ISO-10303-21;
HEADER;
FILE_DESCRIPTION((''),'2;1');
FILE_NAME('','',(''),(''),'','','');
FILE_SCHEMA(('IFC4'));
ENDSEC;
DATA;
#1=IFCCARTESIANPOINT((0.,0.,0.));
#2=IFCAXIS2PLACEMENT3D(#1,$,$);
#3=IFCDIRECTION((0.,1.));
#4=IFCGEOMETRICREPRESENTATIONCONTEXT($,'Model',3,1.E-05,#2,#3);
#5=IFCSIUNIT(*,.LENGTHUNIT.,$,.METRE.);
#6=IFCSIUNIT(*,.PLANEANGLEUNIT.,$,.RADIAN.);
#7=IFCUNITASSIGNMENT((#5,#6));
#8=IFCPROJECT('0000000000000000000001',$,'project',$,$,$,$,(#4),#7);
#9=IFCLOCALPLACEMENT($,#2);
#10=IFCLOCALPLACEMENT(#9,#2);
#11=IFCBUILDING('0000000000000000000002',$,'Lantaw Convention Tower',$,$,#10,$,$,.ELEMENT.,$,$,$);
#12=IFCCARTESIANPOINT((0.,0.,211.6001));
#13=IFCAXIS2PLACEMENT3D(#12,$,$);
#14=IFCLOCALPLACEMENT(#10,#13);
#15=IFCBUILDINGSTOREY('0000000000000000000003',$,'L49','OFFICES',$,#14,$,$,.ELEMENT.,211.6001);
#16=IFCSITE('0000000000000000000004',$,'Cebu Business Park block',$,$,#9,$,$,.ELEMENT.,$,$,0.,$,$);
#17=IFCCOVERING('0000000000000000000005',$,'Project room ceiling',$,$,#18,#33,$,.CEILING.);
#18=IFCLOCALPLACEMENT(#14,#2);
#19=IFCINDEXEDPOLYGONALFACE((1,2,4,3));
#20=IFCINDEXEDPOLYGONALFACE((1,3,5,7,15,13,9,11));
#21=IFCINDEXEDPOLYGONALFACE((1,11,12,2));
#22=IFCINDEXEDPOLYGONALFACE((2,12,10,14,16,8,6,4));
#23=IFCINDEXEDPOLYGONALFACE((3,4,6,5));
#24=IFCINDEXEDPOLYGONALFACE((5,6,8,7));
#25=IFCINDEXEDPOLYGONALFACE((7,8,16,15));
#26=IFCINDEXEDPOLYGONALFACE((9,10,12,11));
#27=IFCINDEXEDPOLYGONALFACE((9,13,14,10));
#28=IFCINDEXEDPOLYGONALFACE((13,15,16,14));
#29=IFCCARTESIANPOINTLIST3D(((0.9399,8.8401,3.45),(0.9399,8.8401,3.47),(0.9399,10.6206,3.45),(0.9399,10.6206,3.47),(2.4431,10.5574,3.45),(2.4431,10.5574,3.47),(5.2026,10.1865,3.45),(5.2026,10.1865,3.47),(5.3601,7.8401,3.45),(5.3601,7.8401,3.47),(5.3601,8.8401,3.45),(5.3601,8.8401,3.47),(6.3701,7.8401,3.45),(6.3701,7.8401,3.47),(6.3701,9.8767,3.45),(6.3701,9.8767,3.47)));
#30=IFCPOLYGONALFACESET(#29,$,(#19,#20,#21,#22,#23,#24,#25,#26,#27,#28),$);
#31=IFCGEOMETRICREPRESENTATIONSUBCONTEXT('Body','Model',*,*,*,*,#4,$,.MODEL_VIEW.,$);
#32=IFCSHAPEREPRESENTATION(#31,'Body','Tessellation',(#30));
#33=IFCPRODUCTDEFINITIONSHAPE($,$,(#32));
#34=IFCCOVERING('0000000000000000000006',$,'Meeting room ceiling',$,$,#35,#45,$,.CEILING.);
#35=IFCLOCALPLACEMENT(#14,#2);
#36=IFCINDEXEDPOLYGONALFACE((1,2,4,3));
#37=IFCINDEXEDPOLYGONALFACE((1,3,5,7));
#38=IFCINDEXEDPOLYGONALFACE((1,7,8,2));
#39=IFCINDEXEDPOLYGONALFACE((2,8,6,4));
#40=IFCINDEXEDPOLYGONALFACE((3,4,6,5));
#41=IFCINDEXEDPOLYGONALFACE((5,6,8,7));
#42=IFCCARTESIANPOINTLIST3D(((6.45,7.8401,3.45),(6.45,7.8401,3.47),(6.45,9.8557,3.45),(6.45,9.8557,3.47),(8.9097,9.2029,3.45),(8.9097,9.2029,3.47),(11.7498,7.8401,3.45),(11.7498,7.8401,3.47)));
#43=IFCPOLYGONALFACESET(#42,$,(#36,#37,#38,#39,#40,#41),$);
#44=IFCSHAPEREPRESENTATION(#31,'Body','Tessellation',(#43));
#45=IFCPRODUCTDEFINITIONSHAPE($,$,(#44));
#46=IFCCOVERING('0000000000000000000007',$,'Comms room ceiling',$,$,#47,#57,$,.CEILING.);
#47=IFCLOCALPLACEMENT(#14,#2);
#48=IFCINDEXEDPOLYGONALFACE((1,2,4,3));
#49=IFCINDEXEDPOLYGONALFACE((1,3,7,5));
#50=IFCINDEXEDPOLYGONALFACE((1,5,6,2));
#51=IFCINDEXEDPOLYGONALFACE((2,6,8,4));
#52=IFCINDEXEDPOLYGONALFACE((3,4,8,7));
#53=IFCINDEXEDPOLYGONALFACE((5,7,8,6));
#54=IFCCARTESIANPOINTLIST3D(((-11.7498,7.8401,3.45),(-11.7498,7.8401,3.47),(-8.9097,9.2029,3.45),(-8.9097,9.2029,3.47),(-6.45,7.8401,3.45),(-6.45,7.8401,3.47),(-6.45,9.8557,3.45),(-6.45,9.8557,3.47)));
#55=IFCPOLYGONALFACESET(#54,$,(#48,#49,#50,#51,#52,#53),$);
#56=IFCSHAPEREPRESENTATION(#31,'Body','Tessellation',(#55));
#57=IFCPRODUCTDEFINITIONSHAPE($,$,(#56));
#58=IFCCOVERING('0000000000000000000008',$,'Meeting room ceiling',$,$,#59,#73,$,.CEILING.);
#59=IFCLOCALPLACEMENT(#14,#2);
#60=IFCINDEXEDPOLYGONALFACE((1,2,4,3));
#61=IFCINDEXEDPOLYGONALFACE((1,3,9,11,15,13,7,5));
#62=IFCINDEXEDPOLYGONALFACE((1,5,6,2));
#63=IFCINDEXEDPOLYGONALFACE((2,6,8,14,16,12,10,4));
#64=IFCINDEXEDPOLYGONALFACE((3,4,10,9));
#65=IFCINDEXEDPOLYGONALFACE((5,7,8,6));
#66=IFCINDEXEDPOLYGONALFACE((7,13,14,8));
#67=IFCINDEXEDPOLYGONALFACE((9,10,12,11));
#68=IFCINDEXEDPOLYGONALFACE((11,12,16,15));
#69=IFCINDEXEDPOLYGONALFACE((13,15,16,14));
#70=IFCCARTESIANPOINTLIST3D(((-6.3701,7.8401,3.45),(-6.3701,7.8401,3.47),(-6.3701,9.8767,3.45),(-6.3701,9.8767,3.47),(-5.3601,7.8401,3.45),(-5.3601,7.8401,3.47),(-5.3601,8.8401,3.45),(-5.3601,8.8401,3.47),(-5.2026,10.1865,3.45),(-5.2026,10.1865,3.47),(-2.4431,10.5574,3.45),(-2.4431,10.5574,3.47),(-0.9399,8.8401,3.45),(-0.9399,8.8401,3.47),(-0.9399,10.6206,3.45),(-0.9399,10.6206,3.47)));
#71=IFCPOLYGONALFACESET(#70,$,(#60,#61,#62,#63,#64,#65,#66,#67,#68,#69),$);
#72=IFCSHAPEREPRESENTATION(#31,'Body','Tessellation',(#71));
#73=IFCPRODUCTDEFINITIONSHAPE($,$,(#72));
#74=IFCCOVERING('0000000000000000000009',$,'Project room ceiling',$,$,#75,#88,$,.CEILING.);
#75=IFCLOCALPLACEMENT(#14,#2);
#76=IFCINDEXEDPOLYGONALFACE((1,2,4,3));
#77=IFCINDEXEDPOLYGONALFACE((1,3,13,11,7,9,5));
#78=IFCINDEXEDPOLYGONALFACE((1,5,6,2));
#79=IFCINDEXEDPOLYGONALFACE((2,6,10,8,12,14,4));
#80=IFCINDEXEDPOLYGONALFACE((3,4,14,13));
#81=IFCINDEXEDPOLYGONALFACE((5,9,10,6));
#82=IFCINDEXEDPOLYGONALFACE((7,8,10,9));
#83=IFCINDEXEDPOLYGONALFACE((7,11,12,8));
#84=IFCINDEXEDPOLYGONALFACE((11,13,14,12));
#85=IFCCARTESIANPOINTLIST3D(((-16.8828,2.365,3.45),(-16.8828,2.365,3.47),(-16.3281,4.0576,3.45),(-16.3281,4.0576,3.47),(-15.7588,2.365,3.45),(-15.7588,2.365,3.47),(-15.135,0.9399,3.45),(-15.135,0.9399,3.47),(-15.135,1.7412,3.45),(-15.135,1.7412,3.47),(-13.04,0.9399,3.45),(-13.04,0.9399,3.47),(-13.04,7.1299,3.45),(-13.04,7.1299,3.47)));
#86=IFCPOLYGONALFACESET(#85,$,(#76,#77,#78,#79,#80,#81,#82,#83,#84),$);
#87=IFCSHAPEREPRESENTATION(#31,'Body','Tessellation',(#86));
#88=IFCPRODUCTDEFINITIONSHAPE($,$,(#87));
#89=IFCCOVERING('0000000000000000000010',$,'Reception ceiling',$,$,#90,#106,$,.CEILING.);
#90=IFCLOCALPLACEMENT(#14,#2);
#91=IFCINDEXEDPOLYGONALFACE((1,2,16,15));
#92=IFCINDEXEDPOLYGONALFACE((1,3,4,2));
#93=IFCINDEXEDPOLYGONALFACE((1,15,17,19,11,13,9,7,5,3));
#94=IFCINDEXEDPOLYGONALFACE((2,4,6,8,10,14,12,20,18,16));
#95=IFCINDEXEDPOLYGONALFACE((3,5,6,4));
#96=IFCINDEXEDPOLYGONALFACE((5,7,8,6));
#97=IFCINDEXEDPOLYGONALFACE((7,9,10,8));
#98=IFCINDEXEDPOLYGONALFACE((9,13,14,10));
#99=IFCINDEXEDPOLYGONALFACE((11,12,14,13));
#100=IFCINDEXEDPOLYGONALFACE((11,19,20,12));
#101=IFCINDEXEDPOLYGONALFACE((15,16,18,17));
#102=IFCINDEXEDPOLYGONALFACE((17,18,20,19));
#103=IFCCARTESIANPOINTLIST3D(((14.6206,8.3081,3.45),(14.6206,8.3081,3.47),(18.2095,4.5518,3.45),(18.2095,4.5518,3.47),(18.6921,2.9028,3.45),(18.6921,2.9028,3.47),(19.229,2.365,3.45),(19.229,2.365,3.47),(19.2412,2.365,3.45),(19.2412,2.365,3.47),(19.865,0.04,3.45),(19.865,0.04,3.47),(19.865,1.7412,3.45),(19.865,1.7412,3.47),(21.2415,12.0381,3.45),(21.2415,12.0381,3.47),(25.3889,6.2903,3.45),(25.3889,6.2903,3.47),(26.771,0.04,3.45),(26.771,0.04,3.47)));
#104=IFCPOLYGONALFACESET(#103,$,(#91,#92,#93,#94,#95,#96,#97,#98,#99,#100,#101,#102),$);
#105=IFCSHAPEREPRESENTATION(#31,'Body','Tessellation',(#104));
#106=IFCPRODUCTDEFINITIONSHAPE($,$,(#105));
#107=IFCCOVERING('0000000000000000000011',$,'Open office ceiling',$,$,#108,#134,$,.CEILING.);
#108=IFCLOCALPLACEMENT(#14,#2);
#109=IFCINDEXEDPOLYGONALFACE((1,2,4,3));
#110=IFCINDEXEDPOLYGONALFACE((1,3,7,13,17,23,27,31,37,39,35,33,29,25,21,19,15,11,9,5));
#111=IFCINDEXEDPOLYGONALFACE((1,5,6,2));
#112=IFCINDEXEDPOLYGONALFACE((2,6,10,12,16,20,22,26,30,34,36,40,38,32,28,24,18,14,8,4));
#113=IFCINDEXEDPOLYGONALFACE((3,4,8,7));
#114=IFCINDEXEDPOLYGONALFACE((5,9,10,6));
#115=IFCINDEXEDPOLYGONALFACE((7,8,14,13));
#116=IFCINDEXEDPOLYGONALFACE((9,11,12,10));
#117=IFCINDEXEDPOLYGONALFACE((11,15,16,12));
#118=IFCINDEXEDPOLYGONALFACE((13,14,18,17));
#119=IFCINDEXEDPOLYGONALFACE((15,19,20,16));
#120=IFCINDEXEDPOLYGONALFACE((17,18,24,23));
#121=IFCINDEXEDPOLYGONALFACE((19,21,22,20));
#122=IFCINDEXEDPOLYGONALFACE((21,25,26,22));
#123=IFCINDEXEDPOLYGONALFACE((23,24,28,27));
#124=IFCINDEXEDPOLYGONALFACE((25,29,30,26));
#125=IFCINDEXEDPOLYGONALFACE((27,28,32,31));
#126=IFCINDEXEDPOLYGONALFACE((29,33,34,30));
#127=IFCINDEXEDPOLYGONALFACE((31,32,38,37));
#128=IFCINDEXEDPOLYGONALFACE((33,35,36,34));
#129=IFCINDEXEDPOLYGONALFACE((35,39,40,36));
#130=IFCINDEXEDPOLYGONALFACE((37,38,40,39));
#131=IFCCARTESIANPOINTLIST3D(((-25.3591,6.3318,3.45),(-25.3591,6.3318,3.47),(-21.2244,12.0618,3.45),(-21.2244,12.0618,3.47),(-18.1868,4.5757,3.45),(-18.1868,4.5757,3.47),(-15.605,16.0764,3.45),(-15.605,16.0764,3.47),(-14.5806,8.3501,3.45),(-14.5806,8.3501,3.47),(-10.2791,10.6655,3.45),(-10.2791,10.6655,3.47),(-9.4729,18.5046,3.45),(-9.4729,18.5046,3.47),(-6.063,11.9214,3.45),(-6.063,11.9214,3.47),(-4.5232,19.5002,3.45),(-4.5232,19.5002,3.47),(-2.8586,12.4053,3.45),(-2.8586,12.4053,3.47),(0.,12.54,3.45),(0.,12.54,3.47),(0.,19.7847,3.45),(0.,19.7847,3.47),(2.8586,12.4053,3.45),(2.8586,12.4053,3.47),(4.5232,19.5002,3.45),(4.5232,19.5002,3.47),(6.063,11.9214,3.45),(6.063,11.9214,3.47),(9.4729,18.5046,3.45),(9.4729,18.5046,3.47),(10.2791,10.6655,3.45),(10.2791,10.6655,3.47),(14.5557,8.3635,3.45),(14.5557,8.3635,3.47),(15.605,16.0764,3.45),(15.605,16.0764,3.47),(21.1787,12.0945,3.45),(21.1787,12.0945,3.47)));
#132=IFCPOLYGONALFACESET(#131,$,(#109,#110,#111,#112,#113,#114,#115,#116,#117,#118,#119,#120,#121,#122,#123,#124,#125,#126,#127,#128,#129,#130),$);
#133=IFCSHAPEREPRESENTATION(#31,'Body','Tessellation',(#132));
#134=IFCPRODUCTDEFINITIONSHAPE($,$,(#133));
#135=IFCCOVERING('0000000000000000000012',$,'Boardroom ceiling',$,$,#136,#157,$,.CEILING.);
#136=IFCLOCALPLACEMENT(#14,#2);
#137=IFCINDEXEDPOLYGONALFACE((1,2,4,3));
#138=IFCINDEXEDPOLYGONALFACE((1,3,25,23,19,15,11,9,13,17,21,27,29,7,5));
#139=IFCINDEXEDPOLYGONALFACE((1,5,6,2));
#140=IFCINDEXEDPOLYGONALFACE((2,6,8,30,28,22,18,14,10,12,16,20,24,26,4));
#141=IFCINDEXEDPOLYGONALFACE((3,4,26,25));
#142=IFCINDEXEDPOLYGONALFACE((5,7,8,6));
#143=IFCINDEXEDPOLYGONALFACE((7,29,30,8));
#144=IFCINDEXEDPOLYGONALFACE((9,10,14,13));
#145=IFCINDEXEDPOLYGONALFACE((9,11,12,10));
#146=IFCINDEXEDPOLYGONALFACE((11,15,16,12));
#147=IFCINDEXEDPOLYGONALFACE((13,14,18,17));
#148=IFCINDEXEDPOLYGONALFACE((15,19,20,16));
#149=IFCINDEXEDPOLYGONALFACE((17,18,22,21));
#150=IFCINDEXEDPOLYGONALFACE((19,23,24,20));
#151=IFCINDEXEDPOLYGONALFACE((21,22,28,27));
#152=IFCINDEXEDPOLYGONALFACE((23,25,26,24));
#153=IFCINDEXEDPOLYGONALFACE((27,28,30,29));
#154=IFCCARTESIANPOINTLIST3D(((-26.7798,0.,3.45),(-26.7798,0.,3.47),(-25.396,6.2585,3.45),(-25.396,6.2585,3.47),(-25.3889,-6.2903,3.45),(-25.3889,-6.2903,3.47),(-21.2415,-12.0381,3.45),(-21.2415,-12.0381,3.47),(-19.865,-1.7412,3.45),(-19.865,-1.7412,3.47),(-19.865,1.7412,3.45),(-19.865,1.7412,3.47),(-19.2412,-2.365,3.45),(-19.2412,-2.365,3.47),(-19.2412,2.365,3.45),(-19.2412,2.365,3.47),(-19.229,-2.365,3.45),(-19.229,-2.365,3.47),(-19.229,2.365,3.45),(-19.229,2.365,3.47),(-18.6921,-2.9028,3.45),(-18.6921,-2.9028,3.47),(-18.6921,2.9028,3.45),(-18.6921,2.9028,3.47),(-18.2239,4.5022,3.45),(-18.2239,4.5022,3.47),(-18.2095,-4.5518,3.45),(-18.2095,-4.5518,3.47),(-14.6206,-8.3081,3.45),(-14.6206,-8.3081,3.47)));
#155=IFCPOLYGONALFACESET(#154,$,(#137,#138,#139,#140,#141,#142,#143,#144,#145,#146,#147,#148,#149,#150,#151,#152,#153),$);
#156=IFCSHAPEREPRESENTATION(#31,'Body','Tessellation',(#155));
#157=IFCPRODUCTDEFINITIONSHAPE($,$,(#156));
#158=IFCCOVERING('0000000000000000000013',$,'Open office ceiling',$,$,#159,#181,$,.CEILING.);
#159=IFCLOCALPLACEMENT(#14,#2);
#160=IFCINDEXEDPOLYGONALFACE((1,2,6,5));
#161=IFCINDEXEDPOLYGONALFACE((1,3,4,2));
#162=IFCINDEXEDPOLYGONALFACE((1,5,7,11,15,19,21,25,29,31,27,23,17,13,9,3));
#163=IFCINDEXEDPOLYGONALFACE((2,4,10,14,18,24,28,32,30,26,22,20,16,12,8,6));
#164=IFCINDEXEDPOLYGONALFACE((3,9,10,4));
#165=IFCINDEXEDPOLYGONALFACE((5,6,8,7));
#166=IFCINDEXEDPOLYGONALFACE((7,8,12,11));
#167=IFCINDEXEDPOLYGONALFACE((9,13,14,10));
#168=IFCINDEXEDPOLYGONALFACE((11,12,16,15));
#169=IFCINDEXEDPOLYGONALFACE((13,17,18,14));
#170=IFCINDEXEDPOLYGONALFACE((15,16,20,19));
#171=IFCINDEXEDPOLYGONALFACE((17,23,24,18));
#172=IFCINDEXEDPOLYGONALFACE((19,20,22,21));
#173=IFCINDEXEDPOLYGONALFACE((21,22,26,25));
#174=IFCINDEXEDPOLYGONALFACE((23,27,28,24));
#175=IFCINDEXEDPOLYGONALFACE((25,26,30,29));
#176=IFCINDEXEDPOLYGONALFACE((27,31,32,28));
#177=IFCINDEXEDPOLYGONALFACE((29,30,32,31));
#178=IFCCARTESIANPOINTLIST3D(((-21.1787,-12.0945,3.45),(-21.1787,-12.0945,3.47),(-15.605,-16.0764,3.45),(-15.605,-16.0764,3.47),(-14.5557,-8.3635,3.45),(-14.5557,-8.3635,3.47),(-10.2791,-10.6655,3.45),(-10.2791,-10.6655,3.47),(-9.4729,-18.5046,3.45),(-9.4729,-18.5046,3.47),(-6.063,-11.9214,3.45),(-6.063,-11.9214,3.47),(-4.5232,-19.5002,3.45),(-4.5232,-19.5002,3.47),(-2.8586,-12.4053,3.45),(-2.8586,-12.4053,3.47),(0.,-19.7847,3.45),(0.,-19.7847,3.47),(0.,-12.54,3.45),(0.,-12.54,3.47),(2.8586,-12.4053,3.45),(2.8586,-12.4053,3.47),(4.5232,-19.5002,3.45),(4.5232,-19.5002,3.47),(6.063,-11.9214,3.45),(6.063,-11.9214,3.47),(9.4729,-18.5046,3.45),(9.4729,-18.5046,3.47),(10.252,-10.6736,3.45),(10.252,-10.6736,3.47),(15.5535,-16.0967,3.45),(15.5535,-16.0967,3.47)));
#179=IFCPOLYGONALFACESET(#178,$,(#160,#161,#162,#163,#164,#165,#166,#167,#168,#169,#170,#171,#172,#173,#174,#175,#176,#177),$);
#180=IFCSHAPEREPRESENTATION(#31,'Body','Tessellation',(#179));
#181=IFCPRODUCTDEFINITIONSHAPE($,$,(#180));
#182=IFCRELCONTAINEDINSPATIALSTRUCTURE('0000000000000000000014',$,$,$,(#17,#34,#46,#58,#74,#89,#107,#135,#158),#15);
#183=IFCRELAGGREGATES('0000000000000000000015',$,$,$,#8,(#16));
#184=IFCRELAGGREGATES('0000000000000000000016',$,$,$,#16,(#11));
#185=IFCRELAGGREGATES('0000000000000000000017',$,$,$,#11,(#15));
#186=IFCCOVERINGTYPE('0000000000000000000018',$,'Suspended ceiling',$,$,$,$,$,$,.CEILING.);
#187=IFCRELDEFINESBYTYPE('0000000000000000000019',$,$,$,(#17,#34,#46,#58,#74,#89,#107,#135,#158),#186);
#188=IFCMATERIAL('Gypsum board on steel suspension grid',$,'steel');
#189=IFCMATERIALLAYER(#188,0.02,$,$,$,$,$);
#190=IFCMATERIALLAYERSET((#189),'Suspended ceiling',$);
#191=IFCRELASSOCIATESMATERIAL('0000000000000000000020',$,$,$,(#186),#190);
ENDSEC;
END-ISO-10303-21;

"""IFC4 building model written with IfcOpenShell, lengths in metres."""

from ifc_helpers import new_model, si_unit, direction, frame, origin, place, context, subcontext, project, spatial, polyline, outline, extrude, material, layer, layer_set, type_object, element, save


model = new_model("IFC4")

# Units and contexts
model_context = context("Model", 3, precision=1e-05, world=origin(), true_north=direction((0.0, 1.0)))
body_context = subcontext(model_context, "Body", "Model", "MODEL_VIEW")
ifc_project = project(units=[si_unit("LENGTHUNIT", "METRE"), si_unit("PLANEANGLEUNIT", "RADIAN")], contexts=[model_context])

# Site, building, storey
site_placement = place(None, origin())
site = spatial("IfcSite", under=ifc_project, at=site_placement, Name="Cebu Business Park block", CompositionType="ELEMENT", RefElevation=0.0)
building_placement = place(site_placement, origin())
building = spatial("IfcBuilding", under=site, at=building_placement, Name="Lantaw Convention Tower", CompositionType="ELEMENT")
storey_placement = place(building_placement, frame((0.0, 0.0, 211.6001)))
storey = spatial("IfcBuildingStorey", under=building, at=storey_placement, Name="L49", Description="OFFICES", CompositionType="ELEMENT", Elevation=211.6001)

# Coverings
ifc_material_1 = material(Name="Gypsum board on steel suspension grid", Category="steel")
ifc_layer_1 = layer(ifc_material_1, 0.02)
ifc_layer_set_1 = layer_set([ifc_layer_1], Name="Suspended ceiling")
covering_type = type_object("IfcCoveringType", Name="Suspended ceiling", PredefinedType="CEILING", material=ifc_layer_set_1)
covering_1_placement = place(storey_placement, frame((0.0, 0.0, 3.45)))
element("IfcCovering", 1, at=covering_1_placement, inside=storey, type_object=covering_type, Name="Project room ceiling", PredefinedType="CEILING", context=body_context, shape_type="SweptSolid", body=[
    extrude(outline(polyline([(5.3601, 8.8401), (5.3601, 7.8401), (6.3701, 7.8401), (6.3701, 9.8767), (5.2026, 10.1865), (2.4431, 10.5574), (0.9399, 10.6206), (0.9399, 8.8401), (5.3601, 8.8401)])), origin(), (0.0, 0.0, 1.0), 0.02),
])
covering_2_placement = place(storey_placement, frame((0.0, 0.0, 3.45)))
element("IfcCovering", 2, at=covering_2_placement, inside=storey, type_object=covering_type, Name="Meeting room ceiling", PredefinedType="CEILING", context=body_context, shape_type="SweptSolid", body=[
    extrude(outline(polyline([(8.9097, 9.2029), (6.45, 9.8557), (6.45, 7.8401), (11.7498, 7.8401), (8.9097, 9.2029)])), origin(), (0.0, 0.0, 1.0), 0.02),
])
covering_3_placement = place(storey_placement, frame((0.0, 0.0, 3.45)))
element("IfcCovering", 3, at=covering_3_placement, inside=storey, type_object=covering_type, Name="Comms room ceiling", PredefinedType="CEILING", context=body_context, shape_type="SweptSolid", body=[
    extrude(outline(polyline([(-8.9097, 9.2029), (-11.7498, 7.8401), (-6.45, 7.8401), (-6.45, 9.8557), (-8.9097, 9.2029)])), origin(), (0.0, 0.0, 1.0), 0.02),
])
covering_4_placement = place(storey_placement, frame((0.0, 0.0, 3.45)))
element("IfcCovering", 4, at=covering_4_placement, inside=storey, type_object=covering_type, Name="Meeting room ceiling", PredefinedType="CEILING", context=body_context, shape_type="SweptSolid", body=[
    extrude(outline(polyline([(-5.2026, 10.1865), (-6.3701, 9.8767), (-6.3701, 7.8401), (-5.3601, 7.8401), (-5.3601, 8.8401), (-0.9399, 8.8401), (-0.9399, 10.6206), (-2.4431, 10.5574), (-5.2026, 10.1865)])), origin(), (0.0, 0.0, 1.0), 0.02),
])
covering_5_placement = place(storey_placement, frame((0.0, 0.0, 3.45)))
element("IfcCovering", 5, at=covering_5_placement, inside=storey, type_object=covering_type, Name="Project room ceiling", PredefinedType="CEILING", context=body_context, shape_type="SweptSolid", body=[
    extrude(outline(polyline([(-15.135, 0.9399), (-13.04, 0.9399), (-13.04, 7.1299), (-16.3281, 4.0576), (-16.8828, 2.365), (-15.7588, 2.365), (-15.135, 1.7412), (-15.135, 0.9399)])), origin(), (0.0, 0.0, 1.0), 0.02),
])
covering_6_placement = place(storey_placement, frame((0.0, 0.0, 3.45)))
element("IfcCovering", 6, at=covering_6_placement, inside=storey, type_object=covering_type, Name="Reception ceiling", PredefinedType="CEILING", context=body_context, shape_type="SweptSolid", body=[
    extrude(outline(polyline([(14.6206, 8.3081), (18.2095, 4.5518), (18.6921, 2.9028), (19.229, 2.365), (19.2412, 2.365), (19.865, 1.7412), (19.865, 0.04), (26.771, 0.04), (25.3889, 6.2903), (21.2415, 12.0381), (14.6206, 8.3081)])), origin(), (0.0, 0.0, 1.0), 0.02),
])
covering_7_placement = place(storey_placement, frame((0.0, 0.0, 3.45)))
element("IfcCovering", 7, at=covering_7_placement, inside=storey, type_object=covering_type, Name="Open office ceiling", PredefinedType="CEILING", context=body_context, shape_type="SweptSolid", body=[
    extrude(outline(polyline([(14.5557, 8.3635), (21.1787, 12.0945), (15.605, 16.0764), (9.4729, 18.5046), (4.5232, 19.5002), (0.0, 19.7847), (-4.5232, 19.5002), (-9.4729, 18.5046), (-15.605, 16.0764), (-21.2244, 12.0618), (-25.3591, 6.3318), (-18.1868, 4.5757), (-14.5806, 8.3501), (-10.2791, 10.6655), (-6.063, 11.9214), (-2.8586, 12.4053), (0.0, 12.54), (2.8586, 12.4053), (6.063, 11.9214), (10.2791, 10.6655), (14.5557, 8.3635)])), origin(), (0.0, 0.0, 1.0), 0.02),
])
covering_8_placement = place(storey_placement, frame((0.0, 0.0, 3.45)))
element("IfcCovering", 8, at=covering_8_placement, inside=storey, type_object=covering_type, Name="Boardroom ceiling", PredefinedType="CEILING", context=body_context, shape_type="SweptSolid", body=[
    extrude(outline(polyline([(-19.2412, 2.365), (-19.229, 2.365), (-18.6921, 2.9028), (-18.2239, 4.5022), (-25.396, 6.2585), (-26.7798, 0.0), (-25.3889, -6.2903), (-21.2415, -12.0381), (-14.6206, -8.3081), (-18.2095, -4.5518), (-18.6921, -2.9028), (-19.229, -2.365), (-19.2412, -2.365), (-19.865, -1.7412), (-19.865, 1.7412), (-19.2412, 2.365)])), origin(), (0.0, 0.0, 1.0), 0.02),
])
covering_9_placement = place(storey_placement, frame((0.0, 0.0, 3.45)))
element("IfcCovering", 9, at=covering_9_placement, inside=storey, type_object=covering_type, Name="Open office ceiling", PredefinedType="CEILING", context=body_context, shape_type="SweptSolid", body=[
    extrude(outline(polyline([(-14.5557, -8.3635), (-21.1787, -12.0945), (-15.605, -16.0764), (-9.4729, -18.5046), (-4.5232, -19.5002), (0.0, -19.7847), (4.5232, -19.5002), (9.4729, -18.5046), (15.5535, -16.0967), (10.252, -10.6736), (6.063, -11.9214), (2.8586, -12.4053), (0.0, -12.54), (-2.8586, -12.4053), (-6.063, -11.9214), (-10.2791, -10.6655), (-14.5557, -8.3635)])), origin(), (0.0, 0.0, 1.0), 0.02),
])

save(model, "model.ifc")
